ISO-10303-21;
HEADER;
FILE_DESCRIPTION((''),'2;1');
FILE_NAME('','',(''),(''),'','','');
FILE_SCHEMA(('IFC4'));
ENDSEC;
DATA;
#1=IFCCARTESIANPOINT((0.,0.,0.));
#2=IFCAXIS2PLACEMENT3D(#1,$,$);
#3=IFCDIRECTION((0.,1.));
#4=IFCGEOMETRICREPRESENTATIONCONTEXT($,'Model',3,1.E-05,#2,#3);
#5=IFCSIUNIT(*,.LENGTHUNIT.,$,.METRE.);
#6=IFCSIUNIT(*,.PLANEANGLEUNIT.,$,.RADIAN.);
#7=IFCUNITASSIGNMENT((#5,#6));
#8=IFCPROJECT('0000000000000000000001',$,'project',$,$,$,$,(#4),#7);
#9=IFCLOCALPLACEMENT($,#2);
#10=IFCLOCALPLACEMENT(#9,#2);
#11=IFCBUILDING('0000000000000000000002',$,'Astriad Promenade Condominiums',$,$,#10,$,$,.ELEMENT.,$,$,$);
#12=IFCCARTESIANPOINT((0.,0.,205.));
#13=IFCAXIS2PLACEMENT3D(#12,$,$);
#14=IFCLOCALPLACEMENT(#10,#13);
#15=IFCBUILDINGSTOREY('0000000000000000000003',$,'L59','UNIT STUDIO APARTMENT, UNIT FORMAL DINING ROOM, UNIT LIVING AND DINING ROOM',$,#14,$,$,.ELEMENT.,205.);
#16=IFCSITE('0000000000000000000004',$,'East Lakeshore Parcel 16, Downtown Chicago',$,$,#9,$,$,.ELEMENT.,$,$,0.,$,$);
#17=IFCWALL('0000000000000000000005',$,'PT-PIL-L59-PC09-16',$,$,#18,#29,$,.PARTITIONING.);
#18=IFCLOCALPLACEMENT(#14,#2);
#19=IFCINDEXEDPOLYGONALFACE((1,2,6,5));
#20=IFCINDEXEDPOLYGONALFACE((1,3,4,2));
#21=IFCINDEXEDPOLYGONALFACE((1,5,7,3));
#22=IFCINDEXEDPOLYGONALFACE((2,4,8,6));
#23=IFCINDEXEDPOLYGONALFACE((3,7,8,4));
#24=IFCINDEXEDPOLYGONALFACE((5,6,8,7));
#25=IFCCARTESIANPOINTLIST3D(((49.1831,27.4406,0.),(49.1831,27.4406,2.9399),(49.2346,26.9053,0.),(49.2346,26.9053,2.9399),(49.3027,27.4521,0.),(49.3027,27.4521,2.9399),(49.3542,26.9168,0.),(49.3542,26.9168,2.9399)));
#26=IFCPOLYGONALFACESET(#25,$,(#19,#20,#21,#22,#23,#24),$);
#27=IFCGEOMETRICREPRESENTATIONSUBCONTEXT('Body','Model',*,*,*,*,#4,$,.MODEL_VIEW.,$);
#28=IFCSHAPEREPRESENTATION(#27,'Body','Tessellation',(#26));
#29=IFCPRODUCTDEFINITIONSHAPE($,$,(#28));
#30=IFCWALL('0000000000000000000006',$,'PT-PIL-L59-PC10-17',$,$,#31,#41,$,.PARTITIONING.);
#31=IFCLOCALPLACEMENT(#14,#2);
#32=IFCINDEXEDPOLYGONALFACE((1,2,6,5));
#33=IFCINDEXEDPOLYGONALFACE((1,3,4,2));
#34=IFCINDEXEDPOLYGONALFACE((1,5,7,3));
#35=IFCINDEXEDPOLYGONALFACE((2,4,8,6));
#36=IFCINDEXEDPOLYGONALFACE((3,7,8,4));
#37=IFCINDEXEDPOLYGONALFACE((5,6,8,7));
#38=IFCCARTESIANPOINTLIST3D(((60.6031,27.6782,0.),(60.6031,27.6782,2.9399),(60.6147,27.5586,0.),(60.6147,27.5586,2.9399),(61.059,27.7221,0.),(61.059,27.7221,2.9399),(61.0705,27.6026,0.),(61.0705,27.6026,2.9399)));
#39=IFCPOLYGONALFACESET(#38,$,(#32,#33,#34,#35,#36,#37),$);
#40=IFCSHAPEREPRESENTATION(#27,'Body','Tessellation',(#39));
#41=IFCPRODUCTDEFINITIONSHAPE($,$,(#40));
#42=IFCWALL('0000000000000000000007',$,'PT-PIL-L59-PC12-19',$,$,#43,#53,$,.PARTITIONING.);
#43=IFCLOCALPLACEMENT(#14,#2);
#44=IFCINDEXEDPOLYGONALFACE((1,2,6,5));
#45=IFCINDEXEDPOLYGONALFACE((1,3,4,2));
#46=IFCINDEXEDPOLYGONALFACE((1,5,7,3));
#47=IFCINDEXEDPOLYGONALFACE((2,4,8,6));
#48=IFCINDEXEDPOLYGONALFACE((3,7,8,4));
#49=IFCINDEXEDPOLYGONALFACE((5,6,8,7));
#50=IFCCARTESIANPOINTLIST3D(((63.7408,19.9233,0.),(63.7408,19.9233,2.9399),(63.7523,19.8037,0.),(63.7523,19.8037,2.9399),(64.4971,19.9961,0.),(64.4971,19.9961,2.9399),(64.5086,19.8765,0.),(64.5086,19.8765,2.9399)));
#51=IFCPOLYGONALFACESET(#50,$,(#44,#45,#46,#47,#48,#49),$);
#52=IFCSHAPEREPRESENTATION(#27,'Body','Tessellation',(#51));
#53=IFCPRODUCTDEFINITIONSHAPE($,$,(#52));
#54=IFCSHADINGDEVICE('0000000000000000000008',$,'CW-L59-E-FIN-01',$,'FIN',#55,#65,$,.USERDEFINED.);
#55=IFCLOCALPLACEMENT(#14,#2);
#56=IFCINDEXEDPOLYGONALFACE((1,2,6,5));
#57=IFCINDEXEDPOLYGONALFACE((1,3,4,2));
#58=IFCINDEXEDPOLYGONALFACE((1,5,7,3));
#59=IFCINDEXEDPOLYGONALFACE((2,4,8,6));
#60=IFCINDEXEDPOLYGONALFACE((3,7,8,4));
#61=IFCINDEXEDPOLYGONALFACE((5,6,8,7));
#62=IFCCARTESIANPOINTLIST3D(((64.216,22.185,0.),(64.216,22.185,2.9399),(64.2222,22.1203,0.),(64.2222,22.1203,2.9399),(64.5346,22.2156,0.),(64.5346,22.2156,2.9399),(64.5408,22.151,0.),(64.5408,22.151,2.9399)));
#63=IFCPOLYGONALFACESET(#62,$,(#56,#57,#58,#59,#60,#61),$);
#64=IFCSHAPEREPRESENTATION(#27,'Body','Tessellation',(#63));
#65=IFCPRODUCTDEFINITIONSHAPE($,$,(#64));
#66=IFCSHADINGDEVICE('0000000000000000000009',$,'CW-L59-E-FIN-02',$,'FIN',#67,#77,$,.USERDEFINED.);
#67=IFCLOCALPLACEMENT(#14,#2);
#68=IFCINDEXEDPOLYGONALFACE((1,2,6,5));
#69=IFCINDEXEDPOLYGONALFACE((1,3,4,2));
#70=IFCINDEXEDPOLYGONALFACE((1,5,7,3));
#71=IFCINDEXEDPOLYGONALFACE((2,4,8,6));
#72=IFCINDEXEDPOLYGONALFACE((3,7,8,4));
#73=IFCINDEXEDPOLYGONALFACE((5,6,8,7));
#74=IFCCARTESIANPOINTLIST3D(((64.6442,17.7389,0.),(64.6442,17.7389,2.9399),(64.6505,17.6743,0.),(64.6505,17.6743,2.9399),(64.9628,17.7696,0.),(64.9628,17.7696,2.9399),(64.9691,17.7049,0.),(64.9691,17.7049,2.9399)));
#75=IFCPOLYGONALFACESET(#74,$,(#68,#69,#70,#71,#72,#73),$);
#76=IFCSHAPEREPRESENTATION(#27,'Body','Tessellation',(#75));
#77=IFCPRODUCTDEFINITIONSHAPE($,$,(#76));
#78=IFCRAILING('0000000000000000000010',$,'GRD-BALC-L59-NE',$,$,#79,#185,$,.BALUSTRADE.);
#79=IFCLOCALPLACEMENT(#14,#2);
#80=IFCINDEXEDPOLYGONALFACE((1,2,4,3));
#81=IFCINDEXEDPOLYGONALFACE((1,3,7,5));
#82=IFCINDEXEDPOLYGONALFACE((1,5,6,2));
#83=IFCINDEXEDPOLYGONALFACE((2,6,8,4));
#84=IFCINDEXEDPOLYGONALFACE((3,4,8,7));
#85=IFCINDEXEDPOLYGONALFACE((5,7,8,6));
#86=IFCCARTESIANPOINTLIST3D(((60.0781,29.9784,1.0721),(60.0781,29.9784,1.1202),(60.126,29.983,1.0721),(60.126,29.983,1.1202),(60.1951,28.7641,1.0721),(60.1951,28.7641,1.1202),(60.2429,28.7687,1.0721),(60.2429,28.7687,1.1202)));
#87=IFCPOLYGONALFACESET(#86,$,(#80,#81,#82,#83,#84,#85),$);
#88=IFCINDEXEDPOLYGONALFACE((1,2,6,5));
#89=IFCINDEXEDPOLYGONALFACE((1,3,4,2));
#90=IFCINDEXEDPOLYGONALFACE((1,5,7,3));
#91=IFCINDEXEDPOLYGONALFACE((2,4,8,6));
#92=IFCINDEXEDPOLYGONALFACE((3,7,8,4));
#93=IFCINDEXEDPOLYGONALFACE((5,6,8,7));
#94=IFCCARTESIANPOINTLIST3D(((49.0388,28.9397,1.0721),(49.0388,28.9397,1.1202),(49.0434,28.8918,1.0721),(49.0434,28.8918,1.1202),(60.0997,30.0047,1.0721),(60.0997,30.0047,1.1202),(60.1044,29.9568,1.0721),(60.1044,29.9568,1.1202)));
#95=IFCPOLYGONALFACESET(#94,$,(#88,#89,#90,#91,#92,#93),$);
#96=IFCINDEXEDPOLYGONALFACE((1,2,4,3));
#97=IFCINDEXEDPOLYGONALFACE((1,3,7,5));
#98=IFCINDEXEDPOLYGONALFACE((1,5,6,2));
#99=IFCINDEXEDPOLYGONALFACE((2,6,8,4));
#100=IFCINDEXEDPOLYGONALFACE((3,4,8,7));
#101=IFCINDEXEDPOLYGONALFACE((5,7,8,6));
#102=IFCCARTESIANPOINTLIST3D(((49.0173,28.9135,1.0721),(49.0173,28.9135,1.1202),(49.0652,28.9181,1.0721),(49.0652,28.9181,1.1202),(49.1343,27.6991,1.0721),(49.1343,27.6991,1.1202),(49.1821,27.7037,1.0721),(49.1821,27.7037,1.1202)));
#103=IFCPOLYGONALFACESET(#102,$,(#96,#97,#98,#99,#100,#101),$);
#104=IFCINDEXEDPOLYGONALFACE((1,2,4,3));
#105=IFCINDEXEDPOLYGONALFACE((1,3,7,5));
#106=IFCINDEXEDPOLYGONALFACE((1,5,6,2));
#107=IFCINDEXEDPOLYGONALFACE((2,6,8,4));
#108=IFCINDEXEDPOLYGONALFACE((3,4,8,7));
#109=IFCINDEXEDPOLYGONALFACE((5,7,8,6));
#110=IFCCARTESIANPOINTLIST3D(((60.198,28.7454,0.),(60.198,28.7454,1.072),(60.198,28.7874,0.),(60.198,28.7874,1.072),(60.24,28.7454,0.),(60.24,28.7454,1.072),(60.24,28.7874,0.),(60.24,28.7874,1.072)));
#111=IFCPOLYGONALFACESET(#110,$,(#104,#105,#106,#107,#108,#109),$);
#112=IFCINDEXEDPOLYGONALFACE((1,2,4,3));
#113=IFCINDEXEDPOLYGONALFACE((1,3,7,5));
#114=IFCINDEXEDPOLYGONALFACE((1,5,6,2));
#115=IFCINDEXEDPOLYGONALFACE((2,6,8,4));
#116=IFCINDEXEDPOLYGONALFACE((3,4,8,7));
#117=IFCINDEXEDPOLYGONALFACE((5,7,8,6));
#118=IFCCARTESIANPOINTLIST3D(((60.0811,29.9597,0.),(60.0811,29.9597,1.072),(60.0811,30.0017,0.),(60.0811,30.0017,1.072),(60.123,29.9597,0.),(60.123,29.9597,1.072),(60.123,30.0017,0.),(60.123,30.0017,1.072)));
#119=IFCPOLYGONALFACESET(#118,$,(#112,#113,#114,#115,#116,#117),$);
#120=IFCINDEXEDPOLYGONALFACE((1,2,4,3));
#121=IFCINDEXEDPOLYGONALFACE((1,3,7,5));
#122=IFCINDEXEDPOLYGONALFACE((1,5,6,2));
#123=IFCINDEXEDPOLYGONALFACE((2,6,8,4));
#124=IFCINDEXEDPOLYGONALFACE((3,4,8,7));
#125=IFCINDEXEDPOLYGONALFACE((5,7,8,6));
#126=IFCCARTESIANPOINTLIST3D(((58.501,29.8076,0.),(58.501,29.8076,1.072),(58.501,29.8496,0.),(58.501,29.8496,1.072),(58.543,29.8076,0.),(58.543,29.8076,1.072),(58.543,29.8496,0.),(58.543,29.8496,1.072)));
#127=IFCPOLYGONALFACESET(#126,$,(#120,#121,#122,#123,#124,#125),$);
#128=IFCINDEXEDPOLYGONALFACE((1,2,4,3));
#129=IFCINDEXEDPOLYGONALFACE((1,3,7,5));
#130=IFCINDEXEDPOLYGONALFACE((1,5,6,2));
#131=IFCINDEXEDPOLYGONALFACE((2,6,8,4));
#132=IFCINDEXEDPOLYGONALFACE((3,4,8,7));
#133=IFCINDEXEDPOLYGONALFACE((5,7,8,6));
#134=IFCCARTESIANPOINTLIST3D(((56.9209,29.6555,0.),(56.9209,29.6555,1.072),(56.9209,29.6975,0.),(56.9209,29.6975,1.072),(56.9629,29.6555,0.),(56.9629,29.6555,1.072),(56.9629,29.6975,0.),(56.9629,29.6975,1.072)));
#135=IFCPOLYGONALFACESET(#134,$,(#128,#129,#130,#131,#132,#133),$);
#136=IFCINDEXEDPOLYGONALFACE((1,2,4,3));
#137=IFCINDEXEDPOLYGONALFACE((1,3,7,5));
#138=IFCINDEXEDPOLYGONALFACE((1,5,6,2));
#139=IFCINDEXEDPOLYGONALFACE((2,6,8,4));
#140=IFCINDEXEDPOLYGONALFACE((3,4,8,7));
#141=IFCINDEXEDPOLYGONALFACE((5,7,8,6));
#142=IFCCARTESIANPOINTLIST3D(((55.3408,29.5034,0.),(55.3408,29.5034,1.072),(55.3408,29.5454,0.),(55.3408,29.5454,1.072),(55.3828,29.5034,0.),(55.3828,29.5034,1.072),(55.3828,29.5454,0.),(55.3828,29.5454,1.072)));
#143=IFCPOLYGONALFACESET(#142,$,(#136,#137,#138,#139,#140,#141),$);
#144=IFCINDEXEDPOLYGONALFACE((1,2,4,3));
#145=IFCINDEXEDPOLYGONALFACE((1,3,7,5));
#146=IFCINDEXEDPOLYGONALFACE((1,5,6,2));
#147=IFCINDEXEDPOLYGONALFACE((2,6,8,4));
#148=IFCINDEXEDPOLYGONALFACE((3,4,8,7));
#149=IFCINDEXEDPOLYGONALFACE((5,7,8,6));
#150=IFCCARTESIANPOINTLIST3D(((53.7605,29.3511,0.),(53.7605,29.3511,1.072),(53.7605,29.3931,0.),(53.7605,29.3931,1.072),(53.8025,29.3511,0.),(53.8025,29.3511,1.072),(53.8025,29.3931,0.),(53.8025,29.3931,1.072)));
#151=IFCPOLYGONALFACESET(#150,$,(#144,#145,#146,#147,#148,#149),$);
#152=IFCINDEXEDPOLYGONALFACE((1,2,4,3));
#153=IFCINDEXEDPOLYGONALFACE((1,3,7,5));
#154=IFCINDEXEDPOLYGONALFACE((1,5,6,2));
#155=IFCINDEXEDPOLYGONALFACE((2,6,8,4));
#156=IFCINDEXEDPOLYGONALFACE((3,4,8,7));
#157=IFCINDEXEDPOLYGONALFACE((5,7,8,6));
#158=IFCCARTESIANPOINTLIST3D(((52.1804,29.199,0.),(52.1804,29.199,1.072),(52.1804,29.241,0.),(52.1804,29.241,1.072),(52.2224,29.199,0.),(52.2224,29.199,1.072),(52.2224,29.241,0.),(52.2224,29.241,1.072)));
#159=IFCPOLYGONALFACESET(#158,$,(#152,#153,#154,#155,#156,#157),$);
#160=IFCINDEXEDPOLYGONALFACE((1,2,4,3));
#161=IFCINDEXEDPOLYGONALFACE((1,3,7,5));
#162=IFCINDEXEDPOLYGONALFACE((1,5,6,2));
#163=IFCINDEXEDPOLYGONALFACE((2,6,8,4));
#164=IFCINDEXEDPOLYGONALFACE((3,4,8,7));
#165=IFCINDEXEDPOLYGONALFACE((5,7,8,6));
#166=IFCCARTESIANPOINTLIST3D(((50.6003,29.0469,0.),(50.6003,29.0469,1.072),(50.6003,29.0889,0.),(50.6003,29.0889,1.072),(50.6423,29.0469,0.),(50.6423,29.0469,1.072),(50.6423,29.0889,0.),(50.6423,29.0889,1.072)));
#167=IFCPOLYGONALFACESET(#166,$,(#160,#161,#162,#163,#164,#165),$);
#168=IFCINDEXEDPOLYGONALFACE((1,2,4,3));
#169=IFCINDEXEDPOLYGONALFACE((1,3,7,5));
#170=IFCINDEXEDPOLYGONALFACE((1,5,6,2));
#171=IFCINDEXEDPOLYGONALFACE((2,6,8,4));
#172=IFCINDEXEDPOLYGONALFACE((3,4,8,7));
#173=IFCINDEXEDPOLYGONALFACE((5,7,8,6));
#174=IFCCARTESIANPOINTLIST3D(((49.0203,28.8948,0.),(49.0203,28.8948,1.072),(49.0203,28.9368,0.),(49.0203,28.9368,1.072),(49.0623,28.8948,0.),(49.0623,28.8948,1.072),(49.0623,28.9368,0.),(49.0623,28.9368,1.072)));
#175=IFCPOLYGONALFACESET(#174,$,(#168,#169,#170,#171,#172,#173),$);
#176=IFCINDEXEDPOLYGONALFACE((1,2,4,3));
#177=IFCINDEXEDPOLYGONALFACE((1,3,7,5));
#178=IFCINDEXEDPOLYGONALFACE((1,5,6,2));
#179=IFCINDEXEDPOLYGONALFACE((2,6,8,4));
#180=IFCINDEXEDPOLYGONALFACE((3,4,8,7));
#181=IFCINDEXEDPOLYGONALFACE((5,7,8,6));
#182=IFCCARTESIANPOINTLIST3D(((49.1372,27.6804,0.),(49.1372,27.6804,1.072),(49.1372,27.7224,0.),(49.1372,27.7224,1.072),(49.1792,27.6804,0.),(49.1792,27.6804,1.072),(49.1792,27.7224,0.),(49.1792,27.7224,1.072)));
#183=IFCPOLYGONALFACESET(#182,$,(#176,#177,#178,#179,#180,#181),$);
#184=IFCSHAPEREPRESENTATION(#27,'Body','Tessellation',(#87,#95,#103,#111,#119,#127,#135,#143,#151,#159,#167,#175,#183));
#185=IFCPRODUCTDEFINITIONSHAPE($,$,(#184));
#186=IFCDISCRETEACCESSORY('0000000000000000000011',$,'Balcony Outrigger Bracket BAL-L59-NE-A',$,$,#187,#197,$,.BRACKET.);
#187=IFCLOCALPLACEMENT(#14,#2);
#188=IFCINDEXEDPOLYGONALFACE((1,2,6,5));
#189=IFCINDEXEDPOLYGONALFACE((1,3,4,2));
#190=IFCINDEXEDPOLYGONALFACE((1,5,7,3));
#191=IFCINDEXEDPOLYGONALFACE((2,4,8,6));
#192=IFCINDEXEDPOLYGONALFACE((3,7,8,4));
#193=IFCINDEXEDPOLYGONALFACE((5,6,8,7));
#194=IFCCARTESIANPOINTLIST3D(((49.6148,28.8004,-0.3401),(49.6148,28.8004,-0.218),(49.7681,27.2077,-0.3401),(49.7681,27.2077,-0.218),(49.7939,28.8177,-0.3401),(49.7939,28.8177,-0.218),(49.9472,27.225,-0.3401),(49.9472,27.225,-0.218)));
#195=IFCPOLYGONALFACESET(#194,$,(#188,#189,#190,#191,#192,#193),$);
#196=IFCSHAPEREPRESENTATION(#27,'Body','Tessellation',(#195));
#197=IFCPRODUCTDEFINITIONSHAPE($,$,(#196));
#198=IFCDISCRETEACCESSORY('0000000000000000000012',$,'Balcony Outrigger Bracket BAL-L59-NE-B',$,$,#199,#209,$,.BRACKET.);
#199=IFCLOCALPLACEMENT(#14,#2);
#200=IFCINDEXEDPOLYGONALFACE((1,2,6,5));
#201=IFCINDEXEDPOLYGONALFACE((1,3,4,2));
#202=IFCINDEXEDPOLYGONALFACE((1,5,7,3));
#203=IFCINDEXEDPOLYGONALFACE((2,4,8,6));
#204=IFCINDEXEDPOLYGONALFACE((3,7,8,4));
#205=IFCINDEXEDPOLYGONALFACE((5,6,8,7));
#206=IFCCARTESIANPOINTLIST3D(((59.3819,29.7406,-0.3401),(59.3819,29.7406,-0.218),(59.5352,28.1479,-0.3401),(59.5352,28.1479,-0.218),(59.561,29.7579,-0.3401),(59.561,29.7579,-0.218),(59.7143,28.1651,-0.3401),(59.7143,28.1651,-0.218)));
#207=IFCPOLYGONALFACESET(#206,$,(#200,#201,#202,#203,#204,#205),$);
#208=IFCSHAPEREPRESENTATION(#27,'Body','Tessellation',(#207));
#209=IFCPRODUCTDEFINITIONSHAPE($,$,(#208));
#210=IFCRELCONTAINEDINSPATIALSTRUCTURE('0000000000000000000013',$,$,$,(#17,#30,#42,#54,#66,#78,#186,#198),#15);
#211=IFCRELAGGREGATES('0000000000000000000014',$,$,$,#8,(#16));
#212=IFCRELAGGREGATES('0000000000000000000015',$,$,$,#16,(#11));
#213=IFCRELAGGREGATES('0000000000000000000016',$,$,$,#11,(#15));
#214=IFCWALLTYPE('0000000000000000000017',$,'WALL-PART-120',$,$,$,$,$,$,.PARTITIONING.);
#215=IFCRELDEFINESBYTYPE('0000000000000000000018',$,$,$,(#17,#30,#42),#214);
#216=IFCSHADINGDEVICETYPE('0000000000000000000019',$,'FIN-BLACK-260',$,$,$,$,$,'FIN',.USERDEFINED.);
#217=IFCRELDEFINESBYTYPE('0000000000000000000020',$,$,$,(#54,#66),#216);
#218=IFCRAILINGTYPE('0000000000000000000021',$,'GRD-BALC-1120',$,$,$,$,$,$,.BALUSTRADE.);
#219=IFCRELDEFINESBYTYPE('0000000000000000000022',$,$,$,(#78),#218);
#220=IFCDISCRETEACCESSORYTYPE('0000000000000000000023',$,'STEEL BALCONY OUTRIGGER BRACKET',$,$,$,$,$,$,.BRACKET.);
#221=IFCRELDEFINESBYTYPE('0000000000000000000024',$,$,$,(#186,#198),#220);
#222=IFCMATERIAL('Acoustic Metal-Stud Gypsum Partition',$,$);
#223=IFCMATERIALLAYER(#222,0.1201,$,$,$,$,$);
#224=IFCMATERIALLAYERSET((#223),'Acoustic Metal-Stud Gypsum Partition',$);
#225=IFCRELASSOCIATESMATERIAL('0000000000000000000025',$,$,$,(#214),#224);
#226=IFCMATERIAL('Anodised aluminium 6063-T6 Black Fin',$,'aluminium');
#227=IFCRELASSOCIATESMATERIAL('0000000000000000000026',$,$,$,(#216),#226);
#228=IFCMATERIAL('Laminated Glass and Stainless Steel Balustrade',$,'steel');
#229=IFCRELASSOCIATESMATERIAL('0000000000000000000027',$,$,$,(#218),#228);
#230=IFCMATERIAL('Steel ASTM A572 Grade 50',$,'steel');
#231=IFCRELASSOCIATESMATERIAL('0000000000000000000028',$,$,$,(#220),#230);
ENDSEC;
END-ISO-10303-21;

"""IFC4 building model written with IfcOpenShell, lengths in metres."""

from ifc_helpers import new_model, si_unit, direction, frame, frame_2d, origin, origin_2d, place, context, subcontext, project, spatial, rectangle, extrude, source, transform, mapped, material, layer, layer_set, type_object, type_shapes, element, save


model = new_model("IFC4")

# Units and contexts
model_context = context("Model", 3, precision=1e-05, world=origin(), true_north=direction((0.0, 1.0)))
body_context = subcontext(model_context, "Body", "Model", "MODEL_VIEW")
ifc_project = project(units=[si_unit("LENGTHUNIT", "METRE"), si_unit("PLANEANGLEUNIT", "RADIAN")], contexts=[model_context])

# Site, building, storey
site_placement = place(None, origin())
site = spatial("IfcSite", under=ifc_project, at=site_placement, Name="East Lakeshore Parcel 16, Downtown Chicago", CompositionType="ELEMENT", RefElevation=0.0)
building_placement = place(site_placement, origin())
building = spatial("IfcBuilding", under=site, at=building_placement, Name="Astriad Promenade Condominiums", CompositionType="ELEMENT")
storey_placement = place(building_placement, frame((0.0, 0.0, 205.0)))
storey = spatial("IfcBuildingStorey", under=building, at=storey_placement, Name="L59", Description="UNIT STUDIO APARTMENT, UNIT FORMAL DINING ROOM, UNIT LIVING AND DINING ROOM", CompositionType="ELEMENT", Elevation=205.0)

# Shared definitions
ifc_material_1 = material(Name="Acoustic Metal-Stud Gypsum Partition")
ifc_layer_1 = layer(ifc_material_1, 0.1201)
ifc_layer_set_1 = layer_set([ifc_layer_1], Name="Acoustic Metal-Stud Gypsum Partition")
wall_type_1 = type_object("IfcWallType", Name="WALL-PART-120", PredefinedType="PARTITIONING", material=ifc_layer_set_1)

# Walls
wall_1_placement = place(storey_placement, frame((49.2944, 26.9109, 0.0), z_axis=(0.0, 0.0, 1.0), x_axis=(-0.095773, 0.995403, 0.0)))
element("IfcWall", 1, at=wall_1_placement, inside=storey, type_object=wall_type_1, Name="PT-PIL-L59-PC09-16", PredefinedType="PARTITIONING", context=body_context, shape_type="SweptSolid", body=[
    extrude(rectangle(XDim=0.5378, YDim=0.1201, at=frame_2d((0.269, 0.0))), origin(), (0.0, 0.0, 1.0), 2.9399),
])
wall_2_placement = place(storey_placement, frame((60.6089, 27.6184, 0.0), z_axis=(0.0, 0.0, 1.0), x_axis=(0.995385, 0.095966, 0.0)))
element("IfcWall", 2, at=wall_2_placement, inside=storey, type_object=wall_type_1, Name="PT-PIL-L59-PC10-17", PredefinedType="PARTITIONING", context=body_context, shape_type="SweptSolid", body=[
    extrude(rectangle(XDim=0.458, YDim=0.1201, at=frame_2d((0.229, 0.0))), origin(), (0.0, 0.0, 1.0), 2.9399),
])
wall_3_placement = place(storey_placement, frame((63.7466, 19.8635, 0.0), z_axis=(0.0, 0.0, 1.0), x_axis=(0.995405, 0.095749, 0.0)))
element("IfcWall", 3, at=wall_3_placement, inside=storey, type_object=wall_type_1, Name="PT-PIL-L59-PC12-19", PredefinedType="PARTITIONING", context=body_context, shape_type="SweptSolid", body=[
    extrude(rectangle(XDim=0.7598, YDim=0.1201, at=frame_2d((0.3799, 0.0))), origin(), (0.0, 0.0, 1.0), 2.9399),
])

# Shading devices
ifc_material_2 = material(Name="Anodised aluminium 6063-T6 Black Fin", Category="aluminium")
shading_device_type = type_object("IfcShadingDeviceType", Name="FIN-BLACK-260", ElementType="FIN", PredefinedType="USERDEFINED", material=ifc_material_2)
shared_shape_1 = source(origin(), body_context, "Body", "SweptSolid", [
    extrude(rectangle(XDim=0.0649, YDim=0.3201, at=origin_2d()), origin(), (0.0, 0.0, 1.0), 2.9399),
])
type_shapes(shading_device_type, [shared_shape_1])
for number, where, z_axis, x_axis, name in (
    (4, (64.3784, 22.168, 0.0), (0.0, 0.0, 1.0), (0.095846, -0.995396, 0.0), "CW-L59-E-FIN-01"),
    (5, (64.8066, 17.7219, 0.0), (0.0, 0.0, 1.0), (0.095846, -0.995396, 0.0), "CW-L59-E-FIN-02"),
):
    element("IfcShadingDevice", number, at=place(storey_placement, frame(where, z_axis=z_axis, x_axis=x_axis)), inside=storey, type_object=shading_device_type, Name=name, ObjectType="FIN", PredefinedType="USERDEFINED", context=body_context, shape_type="MappedRepresentation", body=[
        mapped(shared_shape_1, transform((0.0, 0.0, 0.0), scale=1.0)),
    ])

# Railing
ifc_material_3 = material(Name="Laminated Glass and Stainless Steel Balustrade", Category="steel")
railing_type = type_object("IfcRailingType", Name="GRD-BALC-1120", PredefinedType="BALUSTRADE", material=ifc_material_3)
shared_shape_2 = source(origin(), body_context, "Body", "SweptSolid", [
    extrude(rectangle(XDim=0.0481, YDim=0.0481, at=origin_2d()), frame((0.0, 0.0, 1.0962), z_axis=(-0.095857, 0.995395, 0.0), x_axis=(-0.995395, -0.095857, 0.0)), (0.0, 0.0, 1.0), 1.22),
    extrude(rectangle(XDim=0.0481, YDim=0.0481, at=origin_2d()), frame((-0.1169, 1.2144, 1.0962), z_axis=(-0.995397, -0.095838, 0.0), x_axis=(0.095838, -0.995397, 0.0)), (0.0, 0.0, 1.0), 11.1121),
    extrude(rectangle(XDim=0.0481, YDim=0.0481, at=origin_2d()), frame((-11.1777, 0.1494, 1.0962), z_axis=(0.095857, -0.995395, 0.0), x_axis=(0.995395, 0.095857, 0.0)), (0.0, 0.0, 1.0), 1.22),
    extrude(rectangle(XDim=0.042, YDim=0.042, at=origin_2d()), origin(), (0.0, 0.0, 1.0), 1.072),
    extrude(rectangle(XDim=0.042, YDim=0.042, at=origin_2d()), frame((-0.1169, 1.2144, 0.0)), (0.0, 0.0, 1.0), 1.072),
    extrude(rectangle(XDim=0.042, YDim=0.042, at=origin_2d()), frame((-1.697, 1.0623, 0.0)), (0.0, 0.0, 1.0), 1.072),
    extrude(rectangle(XDim=0.042, YDim=0.042, at=origin_2d()), frame((-3.2771, 0.9102, 0.0)), (0.0, 0.0, 1.0), 1.072),
    extrude(rectangle(XDim=0.042, YDim=0.042, at=origin_2d()), frame((-4.8572, 0.7581, 0.0)), (0.0, 0.0, 1.0), 1.072),
    extrude(rectangle(XDim=0.042, YDim=0.042, at=origin_2d()), frame((-6.4375, 0.6057, 0.0)), (0.0, 0.0, 1.0), 1.072),
    extrude(rectangle(XDim=0.042, YDim=0.042, at=origin_2d()), frame((-8.0176, 0.4536, 0.0)), (0.0, 0.0, 1.0), 1.072),
    extrude(rectangle(XDim=0.042, YDim=0.042, at=origin_2d()), frame((-9.5977, 0.3015, 0.0)), (0.0, 0.0, 1.0), 1.072),
    extrude(rectangle(XDim=0.042, YDim=0.042, at=origin_2d()), frame((-11.1777, 0.1494, 0.0)), (0.0, 0.0, 1.0), 1.072),
    extrude(rectangle(XDim=0.042, YDim=0.042, at=origin_2d()), frame((-11.0608, -1.0649, 0.0)), (0.0, 0.0, 1.0), 1.072),
])
type_shapes(railing_type, [shared_shape_2])
railing_placement = place(storey_placement, frame((60.219, 28.7664, 0.0)))
element("IfcRailing", 6, at=railing_placement, inside=storey, type_object=railing_type, Name="GRD-BALC-L59-NE", PredefinedType="BALUSTRADE", context=body_context, shape_type="MappedRepresentation", body=[
    mapped(shared_shape_2, transform((0.0, 0.0, 0.0), scale=1.0)),
])

# Discrete accessories
ifc_material_4 = material(Name="Steel ASTM A572 Grade 50", Category="steel")
discrete_accessory_type = type_object("IfcDiscreteAccessoryType", Name="STEEL BALCONY OUTRIGGER BRACKET", PredefinedType="BRACKET", material=ifc_material_4)
shared_shape_3 = source(origin(), body_context, "Body", "SweptSolid", [
    extrude(rectangle(XDim=1.6001, YDim=0.1799, at=origin_2d()), origin(), (0.0, 0.0, 1.0), 0.1221),
])
type_shapes(discrete_accessory_type, [shared_shape_3])
for number, where, z_axis, x_axis, name in (
    (7, (49.781, 28.0127, -0.3401), (0.0, 0.0, 1.0), (-0.095846, 0.995396, 0.0), "Balcony Outrigger Bracket BAL-L59-NE-A"),
    (8, (59.5481, 28.9529, -0.3401), (0.0, 0.0, 1.0), (-0.095846, 0.995396, 0.0), "Balcony Outrigger Bracket BAL-L59-NE-B"),
):
    element("IfcDiscreteAccessory", number, at=place(storey_placement, frame(where, z_axis=z_axis, x_axis=x_axis)), inside=storey, type_object=discrete_accessory_type, Name=name, PredefinedType="BRACKET", context=body_context, shape_type="MappedRepresentation", body=[
        mapped(shared_shape_3, transform((0.0, 0.0, 0.0), scale=1.0)),
    ])

save(model, "model.ifc")
